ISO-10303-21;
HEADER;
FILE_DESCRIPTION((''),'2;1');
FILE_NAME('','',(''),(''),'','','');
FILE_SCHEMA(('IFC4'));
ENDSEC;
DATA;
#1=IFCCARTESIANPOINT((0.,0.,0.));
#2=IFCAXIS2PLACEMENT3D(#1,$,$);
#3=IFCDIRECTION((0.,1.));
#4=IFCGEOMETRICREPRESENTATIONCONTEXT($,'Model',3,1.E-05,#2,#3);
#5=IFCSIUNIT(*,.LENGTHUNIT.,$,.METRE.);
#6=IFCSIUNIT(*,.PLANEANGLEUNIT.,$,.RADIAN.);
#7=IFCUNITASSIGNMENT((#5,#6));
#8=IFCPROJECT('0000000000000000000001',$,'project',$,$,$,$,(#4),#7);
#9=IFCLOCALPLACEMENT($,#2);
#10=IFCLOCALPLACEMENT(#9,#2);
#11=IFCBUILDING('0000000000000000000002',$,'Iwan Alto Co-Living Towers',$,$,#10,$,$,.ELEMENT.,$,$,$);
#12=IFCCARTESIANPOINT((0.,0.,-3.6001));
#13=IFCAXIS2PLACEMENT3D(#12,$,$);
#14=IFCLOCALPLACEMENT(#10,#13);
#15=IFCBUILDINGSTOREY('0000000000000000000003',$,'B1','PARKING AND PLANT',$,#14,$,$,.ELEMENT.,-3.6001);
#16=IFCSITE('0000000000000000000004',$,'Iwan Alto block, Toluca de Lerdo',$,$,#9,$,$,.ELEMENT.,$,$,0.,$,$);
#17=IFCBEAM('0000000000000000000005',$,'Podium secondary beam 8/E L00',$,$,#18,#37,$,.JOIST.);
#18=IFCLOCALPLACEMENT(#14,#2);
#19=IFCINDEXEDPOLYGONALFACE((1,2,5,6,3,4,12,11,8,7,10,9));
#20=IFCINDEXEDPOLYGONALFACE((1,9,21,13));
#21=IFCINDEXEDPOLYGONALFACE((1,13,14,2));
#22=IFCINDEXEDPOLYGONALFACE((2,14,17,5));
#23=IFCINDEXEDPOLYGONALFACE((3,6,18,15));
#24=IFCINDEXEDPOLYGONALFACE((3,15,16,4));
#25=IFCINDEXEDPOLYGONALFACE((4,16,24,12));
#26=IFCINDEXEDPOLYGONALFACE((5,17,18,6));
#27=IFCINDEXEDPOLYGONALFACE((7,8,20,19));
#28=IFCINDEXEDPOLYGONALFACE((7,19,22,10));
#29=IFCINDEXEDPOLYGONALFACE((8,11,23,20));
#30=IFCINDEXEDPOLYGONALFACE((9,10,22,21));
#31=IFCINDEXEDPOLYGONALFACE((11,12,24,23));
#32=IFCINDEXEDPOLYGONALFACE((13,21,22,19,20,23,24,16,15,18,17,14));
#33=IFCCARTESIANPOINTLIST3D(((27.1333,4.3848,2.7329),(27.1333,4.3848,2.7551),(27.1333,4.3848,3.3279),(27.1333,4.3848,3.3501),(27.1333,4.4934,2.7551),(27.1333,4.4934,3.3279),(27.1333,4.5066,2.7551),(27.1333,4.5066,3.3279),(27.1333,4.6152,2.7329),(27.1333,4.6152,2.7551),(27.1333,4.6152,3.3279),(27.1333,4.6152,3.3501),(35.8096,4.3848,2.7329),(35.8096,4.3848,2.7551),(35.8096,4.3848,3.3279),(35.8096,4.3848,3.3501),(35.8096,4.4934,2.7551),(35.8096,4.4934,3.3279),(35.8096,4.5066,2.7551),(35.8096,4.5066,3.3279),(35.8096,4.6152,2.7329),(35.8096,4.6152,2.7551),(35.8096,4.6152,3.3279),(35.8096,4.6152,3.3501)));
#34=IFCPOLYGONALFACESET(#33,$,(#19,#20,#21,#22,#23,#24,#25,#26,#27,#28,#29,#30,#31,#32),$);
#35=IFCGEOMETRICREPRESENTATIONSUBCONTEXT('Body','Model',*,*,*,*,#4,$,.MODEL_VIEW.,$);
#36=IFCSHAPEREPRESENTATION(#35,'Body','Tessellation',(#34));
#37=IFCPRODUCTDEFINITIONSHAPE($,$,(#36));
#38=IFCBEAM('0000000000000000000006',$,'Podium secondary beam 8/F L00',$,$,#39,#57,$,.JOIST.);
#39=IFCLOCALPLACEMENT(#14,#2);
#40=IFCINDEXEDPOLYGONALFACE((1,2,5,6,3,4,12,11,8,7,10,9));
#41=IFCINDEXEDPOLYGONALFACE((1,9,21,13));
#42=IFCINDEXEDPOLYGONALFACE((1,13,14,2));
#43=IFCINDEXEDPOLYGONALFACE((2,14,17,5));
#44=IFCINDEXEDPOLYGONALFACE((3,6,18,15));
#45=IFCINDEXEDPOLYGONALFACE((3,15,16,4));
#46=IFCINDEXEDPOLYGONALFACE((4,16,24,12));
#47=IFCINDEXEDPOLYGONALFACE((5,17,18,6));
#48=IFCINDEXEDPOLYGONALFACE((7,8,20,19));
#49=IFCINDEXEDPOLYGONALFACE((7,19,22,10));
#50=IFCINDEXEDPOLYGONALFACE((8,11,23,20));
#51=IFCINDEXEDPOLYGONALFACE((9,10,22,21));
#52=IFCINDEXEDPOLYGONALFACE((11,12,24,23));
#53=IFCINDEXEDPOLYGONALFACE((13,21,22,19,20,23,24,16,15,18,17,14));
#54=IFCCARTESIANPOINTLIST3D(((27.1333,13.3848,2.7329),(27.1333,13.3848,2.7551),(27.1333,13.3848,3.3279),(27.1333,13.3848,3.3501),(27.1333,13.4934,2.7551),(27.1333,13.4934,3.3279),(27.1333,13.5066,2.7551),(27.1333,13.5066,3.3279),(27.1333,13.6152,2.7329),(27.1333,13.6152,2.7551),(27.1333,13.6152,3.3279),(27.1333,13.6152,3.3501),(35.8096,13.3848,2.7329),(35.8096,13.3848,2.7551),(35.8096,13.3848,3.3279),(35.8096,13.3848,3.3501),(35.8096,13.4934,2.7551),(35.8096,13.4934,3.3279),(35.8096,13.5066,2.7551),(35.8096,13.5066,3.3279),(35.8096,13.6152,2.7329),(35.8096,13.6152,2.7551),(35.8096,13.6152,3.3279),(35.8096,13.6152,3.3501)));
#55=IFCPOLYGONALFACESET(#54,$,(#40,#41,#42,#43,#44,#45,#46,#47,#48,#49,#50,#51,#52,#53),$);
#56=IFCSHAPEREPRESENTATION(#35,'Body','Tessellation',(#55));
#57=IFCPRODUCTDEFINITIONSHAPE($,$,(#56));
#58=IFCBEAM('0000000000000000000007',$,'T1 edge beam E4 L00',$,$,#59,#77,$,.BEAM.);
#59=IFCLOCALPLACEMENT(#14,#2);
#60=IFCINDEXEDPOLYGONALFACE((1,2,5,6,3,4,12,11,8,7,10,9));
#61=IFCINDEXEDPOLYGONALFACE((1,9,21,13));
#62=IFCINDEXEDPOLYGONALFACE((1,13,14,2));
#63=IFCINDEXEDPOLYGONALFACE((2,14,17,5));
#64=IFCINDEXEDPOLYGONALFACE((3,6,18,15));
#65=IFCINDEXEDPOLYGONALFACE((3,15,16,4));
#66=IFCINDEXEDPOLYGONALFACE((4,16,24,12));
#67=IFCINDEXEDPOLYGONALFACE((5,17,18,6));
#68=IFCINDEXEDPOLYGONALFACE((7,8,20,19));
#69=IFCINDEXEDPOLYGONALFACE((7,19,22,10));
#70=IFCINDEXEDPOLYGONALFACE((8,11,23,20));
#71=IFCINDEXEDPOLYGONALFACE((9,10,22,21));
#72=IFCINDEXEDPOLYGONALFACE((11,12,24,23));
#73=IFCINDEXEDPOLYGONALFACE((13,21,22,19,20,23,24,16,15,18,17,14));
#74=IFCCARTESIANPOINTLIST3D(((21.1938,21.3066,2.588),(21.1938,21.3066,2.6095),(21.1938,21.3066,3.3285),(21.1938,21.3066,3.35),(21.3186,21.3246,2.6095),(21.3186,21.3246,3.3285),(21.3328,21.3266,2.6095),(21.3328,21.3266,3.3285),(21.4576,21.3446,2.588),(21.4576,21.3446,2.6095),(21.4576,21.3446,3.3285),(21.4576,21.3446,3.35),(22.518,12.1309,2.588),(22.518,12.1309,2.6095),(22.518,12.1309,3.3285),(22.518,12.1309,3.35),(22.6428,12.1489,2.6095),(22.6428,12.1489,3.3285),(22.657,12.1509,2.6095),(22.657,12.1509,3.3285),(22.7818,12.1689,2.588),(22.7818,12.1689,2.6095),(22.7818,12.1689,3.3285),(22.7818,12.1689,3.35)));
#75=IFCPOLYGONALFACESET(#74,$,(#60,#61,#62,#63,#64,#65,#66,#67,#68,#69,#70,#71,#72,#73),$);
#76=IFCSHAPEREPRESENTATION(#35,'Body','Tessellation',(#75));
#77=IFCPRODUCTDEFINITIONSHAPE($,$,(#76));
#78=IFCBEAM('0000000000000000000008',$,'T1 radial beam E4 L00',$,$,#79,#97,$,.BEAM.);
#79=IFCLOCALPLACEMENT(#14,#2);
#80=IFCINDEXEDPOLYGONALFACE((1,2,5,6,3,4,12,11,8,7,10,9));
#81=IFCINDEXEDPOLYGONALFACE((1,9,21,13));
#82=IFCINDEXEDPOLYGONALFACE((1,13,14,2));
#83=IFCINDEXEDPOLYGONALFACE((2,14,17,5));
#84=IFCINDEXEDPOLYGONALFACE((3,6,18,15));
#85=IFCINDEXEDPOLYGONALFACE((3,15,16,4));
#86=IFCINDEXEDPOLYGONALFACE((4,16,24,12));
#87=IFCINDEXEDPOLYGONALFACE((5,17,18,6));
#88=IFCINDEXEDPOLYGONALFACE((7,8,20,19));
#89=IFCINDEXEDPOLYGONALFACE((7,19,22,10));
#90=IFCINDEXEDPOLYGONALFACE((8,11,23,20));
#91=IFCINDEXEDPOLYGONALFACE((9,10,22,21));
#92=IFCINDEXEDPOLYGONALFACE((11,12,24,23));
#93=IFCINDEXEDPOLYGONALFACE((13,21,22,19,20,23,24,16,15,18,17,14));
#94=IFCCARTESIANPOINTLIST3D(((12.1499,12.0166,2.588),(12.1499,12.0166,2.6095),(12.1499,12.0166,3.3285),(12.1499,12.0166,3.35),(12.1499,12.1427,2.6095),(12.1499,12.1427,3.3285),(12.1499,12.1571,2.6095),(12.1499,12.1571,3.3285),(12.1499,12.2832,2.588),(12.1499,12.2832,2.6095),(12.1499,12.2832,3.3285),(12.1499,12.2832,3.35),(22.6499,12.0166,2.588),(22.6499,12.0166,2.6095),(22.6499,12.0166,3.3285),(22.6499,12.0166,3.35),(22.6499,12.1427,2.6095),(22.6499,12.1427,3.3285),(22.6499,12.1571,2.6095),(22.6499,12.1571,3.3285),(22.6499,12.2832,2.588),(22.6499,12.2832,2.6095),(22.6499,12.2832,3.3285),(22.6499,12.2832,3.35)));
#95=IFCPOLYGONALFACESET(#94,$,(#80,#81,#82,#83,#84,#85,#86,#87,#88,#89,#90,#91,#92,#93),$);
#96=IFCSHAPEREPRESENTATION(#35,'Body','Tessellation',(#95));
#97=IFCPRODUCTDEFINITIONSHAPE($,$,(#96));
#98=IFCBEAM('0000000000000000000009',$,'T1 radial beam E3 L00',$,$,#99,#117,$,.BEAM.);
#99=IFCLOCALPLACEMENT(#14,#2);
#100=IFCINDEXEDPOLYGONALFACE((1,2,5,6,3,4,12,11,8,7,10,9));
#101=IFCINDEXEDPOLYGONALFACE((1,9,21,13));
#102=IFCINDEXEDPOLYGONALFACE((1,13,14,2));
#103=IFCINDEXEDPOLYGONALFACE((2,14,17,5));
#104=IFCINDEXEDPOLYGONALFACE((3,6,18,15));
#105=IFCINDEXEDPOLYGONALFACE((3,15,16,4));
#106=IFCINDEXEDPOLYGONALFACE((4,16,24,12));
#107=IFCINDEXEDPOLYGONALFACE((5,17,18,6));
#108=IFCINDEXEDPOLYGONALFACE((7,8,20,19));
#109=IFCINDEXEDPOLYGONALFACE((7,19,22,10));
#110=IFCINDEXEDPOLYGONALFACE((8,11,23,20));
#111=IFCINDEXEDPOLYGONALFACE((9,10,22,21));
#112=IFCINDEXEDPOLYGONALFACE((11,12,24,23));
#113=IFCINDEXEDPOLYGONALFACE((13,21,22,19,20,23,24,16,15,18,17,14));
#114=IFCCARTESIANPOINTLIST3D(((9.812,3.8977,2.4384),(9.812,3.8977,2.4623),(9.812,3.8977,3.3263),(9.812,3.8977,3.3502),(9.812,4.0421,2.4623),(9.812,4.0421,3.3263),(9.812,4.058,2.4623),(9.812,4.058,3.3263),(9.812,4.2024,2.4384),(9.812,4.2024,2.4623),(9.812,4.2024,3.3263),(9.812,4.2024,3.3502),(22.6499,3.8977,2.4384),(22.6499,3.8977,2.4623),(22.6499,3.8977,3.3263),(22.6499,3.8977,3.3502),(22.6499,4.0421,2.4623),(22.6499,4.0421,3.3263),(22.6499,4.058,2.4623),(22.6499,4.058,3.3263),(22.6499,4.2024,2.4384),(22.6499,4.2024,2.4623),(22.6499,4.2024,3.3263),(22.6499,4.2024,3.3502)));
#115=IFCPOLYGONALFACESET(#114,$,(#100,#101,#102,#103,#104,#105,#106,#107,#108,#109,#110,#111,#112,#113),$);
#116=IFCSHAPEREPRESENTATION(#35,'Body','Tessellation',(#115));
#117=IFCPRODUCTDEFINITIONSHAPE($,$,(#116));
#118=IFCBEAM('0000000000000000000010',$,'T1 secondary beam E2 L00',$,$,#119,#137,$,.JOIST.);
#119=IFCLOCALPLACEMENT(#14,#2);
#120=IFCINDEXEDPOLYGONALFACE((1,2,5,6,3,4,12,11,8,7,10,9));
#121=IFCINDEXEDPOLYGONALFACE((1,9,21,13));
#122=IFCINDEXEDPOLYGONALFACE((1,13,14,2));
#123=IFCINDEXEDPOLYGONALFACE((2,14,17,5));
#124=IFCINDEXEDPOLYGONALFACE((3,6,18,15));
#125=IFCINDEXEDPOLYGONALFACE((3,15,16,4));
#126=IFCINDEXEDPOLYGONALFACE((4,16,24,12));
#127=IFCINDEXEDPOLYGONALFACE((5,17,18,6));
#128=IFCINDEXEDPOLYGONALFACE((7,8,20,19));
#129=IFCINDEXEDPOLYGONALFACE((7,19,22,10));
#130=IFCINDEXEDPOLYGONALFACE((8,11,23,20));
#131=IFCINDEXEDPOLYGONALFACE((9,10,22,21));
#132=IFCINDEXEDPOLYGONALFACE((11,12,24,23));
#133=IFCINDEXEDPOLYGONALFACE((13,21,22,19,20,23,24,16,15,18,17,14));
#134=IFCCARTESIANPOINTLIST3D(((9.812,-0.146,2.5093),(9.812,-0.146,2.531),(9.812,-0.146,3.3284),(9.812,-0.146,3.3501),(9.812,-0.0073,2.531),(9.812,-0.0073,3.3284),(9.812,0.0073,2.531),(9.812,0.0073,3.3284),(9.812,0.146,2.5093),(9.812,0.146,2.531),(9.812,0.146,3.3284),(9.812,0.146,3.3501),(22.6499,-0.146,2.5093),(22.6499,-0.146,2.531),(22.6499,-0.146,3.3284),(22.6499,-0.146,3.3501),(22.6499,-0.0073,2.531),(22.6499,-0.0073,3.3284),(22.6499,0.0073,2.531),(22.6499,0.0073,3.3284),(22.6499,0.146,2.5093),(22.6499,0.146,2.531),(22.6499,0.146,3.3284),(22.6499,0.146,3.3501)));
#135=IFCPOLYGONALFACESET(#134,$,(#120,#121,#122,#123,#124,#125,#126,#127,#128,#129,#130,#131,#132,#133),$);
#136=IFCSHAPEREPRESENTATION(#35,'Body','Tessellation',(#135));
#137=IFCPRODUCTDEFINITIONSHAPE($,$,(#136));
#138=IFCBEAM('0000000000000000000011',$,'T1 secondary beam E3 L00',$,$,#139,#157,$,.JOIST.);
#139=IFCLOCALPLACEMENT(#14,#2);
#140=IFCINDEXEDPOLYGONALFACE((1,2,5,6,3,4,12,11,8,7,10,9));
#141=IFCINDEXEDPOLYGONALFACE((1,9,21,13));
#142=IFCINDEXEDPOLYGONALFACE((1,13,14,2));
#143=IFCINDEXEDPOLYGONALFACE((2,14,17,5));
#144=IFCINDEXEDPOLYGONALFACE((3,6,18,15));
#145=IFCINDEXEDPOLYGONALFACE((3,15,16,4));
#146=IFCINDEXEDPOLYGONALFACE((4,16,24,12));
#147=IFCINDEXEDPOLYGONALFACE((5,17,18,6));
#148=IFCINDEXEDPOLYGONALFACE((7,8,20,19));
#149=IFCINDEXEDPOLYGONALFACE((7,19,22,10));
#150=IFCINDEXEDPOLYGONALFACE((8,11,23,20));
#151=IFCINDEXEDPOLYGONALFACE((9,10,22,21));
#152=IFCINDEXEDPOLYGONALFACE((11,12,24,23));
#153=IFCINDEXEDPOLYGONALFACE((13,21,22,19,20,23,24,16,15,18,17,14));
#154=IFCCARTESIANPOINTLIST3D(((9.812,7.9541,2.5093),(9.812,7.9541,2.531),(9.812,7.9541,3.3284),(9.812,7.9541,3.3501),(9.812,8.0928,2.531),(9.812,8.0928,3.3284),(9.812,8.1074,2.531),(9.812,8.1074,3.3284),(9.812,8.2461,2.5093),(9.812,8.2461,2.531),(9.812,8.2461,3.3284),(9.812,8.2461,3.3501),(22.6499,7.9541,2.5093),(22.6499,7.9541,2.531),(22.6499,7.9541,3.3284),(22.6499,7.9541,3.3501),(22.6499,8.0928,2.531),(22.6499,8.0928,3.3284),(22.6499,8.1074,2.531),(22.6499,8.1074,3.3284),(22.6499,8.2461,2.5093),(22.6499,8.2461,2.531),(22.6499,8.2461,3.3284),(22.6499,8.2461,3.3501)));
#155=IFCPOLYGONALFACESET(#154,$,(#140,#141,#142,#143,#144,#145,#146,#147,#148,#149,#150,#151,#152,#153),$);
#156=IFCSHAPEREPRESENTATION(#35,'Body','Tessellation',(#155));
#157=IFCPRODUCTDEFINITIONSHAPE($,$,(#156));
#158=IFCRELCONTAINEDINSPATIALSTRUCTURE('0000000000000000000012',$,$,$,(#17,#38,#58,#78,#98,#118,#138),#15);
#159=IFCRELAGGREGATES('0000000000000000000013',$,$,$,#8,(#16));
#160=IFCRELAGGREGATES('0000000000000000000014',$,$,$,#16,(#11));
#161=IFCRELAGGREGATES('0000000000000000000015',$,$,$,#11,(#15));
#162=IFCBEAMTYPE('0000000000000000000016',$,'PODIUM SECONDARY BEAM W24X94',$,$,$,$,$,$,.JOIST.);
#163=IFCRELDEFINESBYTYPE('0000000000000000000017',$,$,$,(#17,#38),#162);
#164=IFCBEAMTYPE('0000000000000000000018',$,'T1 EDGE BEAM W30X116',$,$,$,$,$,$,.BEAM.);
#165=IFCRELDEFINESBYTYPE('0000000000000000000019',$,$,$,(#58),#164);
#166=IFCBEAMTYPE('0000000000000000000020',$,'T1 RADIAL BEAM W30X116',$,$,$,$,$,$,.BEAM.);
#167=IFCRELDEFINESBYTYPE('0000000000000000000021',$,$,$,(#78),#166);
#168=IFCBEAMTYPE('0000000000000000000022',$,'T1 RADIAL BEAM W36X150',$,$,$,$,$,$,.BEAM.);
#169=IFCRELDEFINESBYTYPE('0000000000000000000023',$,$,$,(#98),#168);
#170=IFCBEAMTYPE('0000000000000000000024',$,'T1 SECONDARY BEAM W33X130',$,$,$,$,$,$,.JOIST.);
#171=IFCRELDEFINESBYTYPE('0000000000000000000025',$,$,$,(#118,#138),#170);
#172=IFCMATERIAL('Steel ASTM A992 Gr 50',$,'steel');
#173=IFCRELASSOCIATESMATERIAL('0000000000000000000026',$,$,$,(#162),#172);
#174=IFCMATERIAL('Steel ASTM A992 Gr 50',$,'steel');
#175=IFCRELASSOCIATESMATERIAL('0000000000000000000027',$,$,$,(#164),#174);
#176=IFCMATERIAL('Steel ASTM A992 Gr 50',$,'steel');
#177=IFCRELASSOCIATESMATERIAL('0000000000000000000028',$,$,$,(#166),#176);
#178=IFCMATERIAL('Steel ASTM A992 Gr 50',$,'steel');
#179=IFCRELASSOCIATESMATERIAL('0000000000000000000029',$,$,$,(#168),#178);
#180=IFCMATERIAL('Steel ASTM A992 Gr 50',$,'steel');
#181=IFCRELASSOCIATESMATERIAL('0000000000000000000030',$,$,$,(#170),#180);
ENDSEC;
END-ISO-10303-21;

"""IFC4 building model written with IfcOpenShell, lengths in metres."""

from ifc_helpers import new_model, si_unit, direction, frame, origin, origin_2d, place, context, subcontext, project, spatial, i_section, extrude, material, material_profile, profile_set, type_object, element, save


model = new_model("IFC4")

# Units and contexts
model_context = context("Model", 3, precision=1e-05, world=origin(), true_north=direction((0.0, 1.0)))
body_context = subcontext(model_context, "Body", "Model", "MODEL_VIEW")
ifc_project = project(units=[si_unit("LENGTHUNIT", "METRE"), si_unit("PLANEANGLEUNIT", "RADIAN")], contexts=[model_context])

# Site, building, storey
site_placement = place(None, origin())
site = spatial("IfcSite", under=ifc_project, at=site_placement, Name="Iwan Alto block, Toluca de Lerdo", CompositionType="ELEMENT", RefElevation=0.0)
building_placement = place(site_placement, origin())
building = spatial("IfcBuilding", under=site, at=building_placement, Name="Iwan Alto Co-Living Towers", CompositionType="ELEMENT")
storey_placement = place(building_placement, frame((0.0, 0.0, -3.6001)))
storey = spatial("IfcBuildingStorey", under=building, at=storey_placement, Name="B1", Description="PARKING AND PLANT", CompositionType="ELEMENT", Elevation=-3.6001)

# Beams
ifc_material_1 = material(Name="Steel ASTM A992 Gr 50", Category="steel")
ifc_material_profile_1 = material_profile(ifc_material_1, i_section(OverallWidth=0.2305, OverallDepth=0.6172, WebThickness=0.0132, FlangeThickness=0.0222, at=origin_2d()), Name="W24X94")
ifc_profile_set_1 = profile_set([ifc_material_profile_1], Name="Steel ASTM A992 Gr 50")
beam_type_1 = type_object("IfcBeamType", Name="PODIUM SECONDARY BEAM W24X94", PredefinedType="JOIST", material=ifc_profile_set_1)
for number, where, z_axis, x_axis, name in (
    (1, (27.1333, 4.5, 3.0415), (1.0, 0.0, 0.0), (0.0, 1.0, 0.0), "Podium secondary beam 8/E L00"),
    (2, (27.1333, 13.5, 3.0415), (1.0, 0.0, 0.0), (0.0, 1.0, 0.0), "Podium secondary beam 8/F L00"),
):
    element("IfcBeam", number, at=place(storey_placement, frame(where, z_axis=z_axis, x_axis=x_axis)), inside=storey, type_object=beam_type_1, Name=name, PredefinedType="JOIST", context=body_context, shape_type="SweptSolid", body=[
        extrude(i_section(OverallWidth=0.2305, OverallDepth=0.6172, WebThickness=0.0132, FlangeThickness=0.0222, at=origin_2d()), origin(), (0.0, 0.0, 1.0), 8.6763),
    ])
ifc_material_2 = material(Name="Steel ASTM A992 Gr 50", Category="steel")
ifc_material_profile_2 = material_profile(ifc_material_2, i_section(OverallWidth=0.2666, OverallDepth=0.762, WebThickness=0.0144, FlangeThickness=0.0215, at=origin_2d()), Name="W30X116")
ifc_profile_set_2 = profile_set([ifc_material_profile_2], Name="Steel ASTM A992 Gr 50")
beam_type_2 = type_object("IfcBeamType", Name="T1 EDGE BEAM W30X116", PredefinedType="BEAM", material=ifc_profile_set_2)
beam_1_placement = place(storey_placement, frame((22.6499, 12.1499, 2.969), z_axis=(-0.142837, 0.989746, 0.0), x_axis=(-0.989746, -0.142837, 0.0)))
element("IfcBeam", 3, at=beam_1_placement, inside=storey, type_object=beam_type_2, Name="T1 edge beam E4 L00", PredefinedType="BEAM", context=body_context, shape_type="SweptSolid", body=[
    extrude(i_section(OverallWidth=0.2666, OverallDepth=0.762, WebThickness=0.0144, FlangeThickness=0.0215, at=origin_2d()), origin(), (0.0, 0.0, 1.0), 9.2708),
])
ifc_material_3 = material(Name="Steel ASTM A992 Gr 50", Category="steel")
ifc_material_profile_3 = material_profile(ifc_material_3, i_section(OverallWidth=0.2666, OverallDepth=0.762, WebThickness=0.0144, FlangeThickness=0.0215, at=origin_2d()), Name="W30X116")
ifc_profile_set_3 = profile_set([ifc_material_profile_3], Name="Steel ASTM A992 Gr 50")
beam_type_3 = type_object("IfcBeamType", Name="T1 RADIAL BEAM W30X116", PredefinedType="BEAM", material=ifc_profile_set_3)
beam_2_placement = place(storey_placement, frame((22.6499, 12.1499, 2.969), z_axis=(-1.0, 0.0, 0.0), x_axis=(0.0, -1.0, 0.0)))
element("IfcBeam", 4, at=beam_2_placement, inside=storey, type_object=beam_type_3, Name="T1 radial beam E4 L00", PredefinedType="BEAM", context=body_context, shape_type="SweptSolid", body=[
    extrude(i_section(OverallWidth=0.2666, OverallDepth=0.762, WebThickness=0.0144, FlangeThickness=0.0215, at=origin_2d()), origin(), (0.0, 0.0, 1.0), 10.5),
])
ifc_material_4 = material(Name="Steel ASTM A992 Gr 50", Category="steel")
ifc_material_profile_4 = material_profile(ifc_material_4, i_section(OverallWidth=0.3047, OverallDepth=0.9119, WebThickness=0.0159, FlangeThickness=0.0239, at=origin_2d()), Name="W36X150")
ifc_profile_set_4 = profile_set([ifc_material_profile_4], Name="Steel ASTM A992 Gr 50")
beam_type_4 = type_object("IfcBeamType", Name="T1 RADIAL BEAM W36X150", PredefinedType="BEAM", material=ifc_profile_set_4)
beam_3_placement = place(storey_placement, frame((22.6499, 4.05, 2.8943), z_axis=(-1.0, 0.0, 0.0), x_axis=(0.0, -1.0, 0.0)))
element("IfcBeam", 5, at=beam_3_placement, inside=storey, type_object=beam_type_4, Name="T1 radial beam E3 L00", PredefinedType="BEAM", context=body_context, shape_type="SweptSolid", body=[
    extrude(i_section(OverallWidth=0.3047, OverallDepth=0.9119, WebThickness=0.0159, FlangeThickness=0.0239, at=origin_2d()), origin(), (0.0, 0.0, 1.0), 12.8379),
])
ifc_material_5 = material(Name="Steel ASTM A992 Gr 50", Category="steel")
ifc_material_profile_5 = material_profile(ifc_material_5, i_section(OverallWidth=0.292, OverallDepth=0.8408, WebThickness=0.0146, FlangeThickness=0.0217, at=origin_2d()), Name="W33X130")
ifc_profile_set_5 = profile_set([ifc_material_profile_5], Name="Steel ASTM A992 Gr 50")
beam_type_5 = type_object("IfcBeamType", Name="T1 SECONDARY BEAM W33X130", PredefinedType="JOIST", material=ifc_profile_set_5)
for number, where, z_axis, x_axis, name in (
    (6, (22.6499, 0.0, 2.9297), (-1.0, 0.0, 0.0), (0.0, -1.0, 0.0), "T1 secondary beam E2 L00"),
    (7, (22.6499, 8.1001, 2.9297), (-1.0, 0.0, 0.0), (0.0, -1.0, 0.0), "T1 secondary beam E3 L00"),
):
    element("IfcBeam", number, at=place(storey_placement, frame(where, z_axis=z_axis, x_axis=x_axis)), inside=storey, type_object=beam_type_5, Name=name, PredefinedType="JOIST", context=body_context, shape_type="SweptSolid", body=[
        extrude(i_section(OverallWidth=0.292, OverallDepth=0.8408, WebThickness=0.0146, FlangeThickness=0.0217, at=origin_2d()), origin(), (0.0, 0.0, 1.0), 12.8379),
    ])

save(model, "model.ifc")
